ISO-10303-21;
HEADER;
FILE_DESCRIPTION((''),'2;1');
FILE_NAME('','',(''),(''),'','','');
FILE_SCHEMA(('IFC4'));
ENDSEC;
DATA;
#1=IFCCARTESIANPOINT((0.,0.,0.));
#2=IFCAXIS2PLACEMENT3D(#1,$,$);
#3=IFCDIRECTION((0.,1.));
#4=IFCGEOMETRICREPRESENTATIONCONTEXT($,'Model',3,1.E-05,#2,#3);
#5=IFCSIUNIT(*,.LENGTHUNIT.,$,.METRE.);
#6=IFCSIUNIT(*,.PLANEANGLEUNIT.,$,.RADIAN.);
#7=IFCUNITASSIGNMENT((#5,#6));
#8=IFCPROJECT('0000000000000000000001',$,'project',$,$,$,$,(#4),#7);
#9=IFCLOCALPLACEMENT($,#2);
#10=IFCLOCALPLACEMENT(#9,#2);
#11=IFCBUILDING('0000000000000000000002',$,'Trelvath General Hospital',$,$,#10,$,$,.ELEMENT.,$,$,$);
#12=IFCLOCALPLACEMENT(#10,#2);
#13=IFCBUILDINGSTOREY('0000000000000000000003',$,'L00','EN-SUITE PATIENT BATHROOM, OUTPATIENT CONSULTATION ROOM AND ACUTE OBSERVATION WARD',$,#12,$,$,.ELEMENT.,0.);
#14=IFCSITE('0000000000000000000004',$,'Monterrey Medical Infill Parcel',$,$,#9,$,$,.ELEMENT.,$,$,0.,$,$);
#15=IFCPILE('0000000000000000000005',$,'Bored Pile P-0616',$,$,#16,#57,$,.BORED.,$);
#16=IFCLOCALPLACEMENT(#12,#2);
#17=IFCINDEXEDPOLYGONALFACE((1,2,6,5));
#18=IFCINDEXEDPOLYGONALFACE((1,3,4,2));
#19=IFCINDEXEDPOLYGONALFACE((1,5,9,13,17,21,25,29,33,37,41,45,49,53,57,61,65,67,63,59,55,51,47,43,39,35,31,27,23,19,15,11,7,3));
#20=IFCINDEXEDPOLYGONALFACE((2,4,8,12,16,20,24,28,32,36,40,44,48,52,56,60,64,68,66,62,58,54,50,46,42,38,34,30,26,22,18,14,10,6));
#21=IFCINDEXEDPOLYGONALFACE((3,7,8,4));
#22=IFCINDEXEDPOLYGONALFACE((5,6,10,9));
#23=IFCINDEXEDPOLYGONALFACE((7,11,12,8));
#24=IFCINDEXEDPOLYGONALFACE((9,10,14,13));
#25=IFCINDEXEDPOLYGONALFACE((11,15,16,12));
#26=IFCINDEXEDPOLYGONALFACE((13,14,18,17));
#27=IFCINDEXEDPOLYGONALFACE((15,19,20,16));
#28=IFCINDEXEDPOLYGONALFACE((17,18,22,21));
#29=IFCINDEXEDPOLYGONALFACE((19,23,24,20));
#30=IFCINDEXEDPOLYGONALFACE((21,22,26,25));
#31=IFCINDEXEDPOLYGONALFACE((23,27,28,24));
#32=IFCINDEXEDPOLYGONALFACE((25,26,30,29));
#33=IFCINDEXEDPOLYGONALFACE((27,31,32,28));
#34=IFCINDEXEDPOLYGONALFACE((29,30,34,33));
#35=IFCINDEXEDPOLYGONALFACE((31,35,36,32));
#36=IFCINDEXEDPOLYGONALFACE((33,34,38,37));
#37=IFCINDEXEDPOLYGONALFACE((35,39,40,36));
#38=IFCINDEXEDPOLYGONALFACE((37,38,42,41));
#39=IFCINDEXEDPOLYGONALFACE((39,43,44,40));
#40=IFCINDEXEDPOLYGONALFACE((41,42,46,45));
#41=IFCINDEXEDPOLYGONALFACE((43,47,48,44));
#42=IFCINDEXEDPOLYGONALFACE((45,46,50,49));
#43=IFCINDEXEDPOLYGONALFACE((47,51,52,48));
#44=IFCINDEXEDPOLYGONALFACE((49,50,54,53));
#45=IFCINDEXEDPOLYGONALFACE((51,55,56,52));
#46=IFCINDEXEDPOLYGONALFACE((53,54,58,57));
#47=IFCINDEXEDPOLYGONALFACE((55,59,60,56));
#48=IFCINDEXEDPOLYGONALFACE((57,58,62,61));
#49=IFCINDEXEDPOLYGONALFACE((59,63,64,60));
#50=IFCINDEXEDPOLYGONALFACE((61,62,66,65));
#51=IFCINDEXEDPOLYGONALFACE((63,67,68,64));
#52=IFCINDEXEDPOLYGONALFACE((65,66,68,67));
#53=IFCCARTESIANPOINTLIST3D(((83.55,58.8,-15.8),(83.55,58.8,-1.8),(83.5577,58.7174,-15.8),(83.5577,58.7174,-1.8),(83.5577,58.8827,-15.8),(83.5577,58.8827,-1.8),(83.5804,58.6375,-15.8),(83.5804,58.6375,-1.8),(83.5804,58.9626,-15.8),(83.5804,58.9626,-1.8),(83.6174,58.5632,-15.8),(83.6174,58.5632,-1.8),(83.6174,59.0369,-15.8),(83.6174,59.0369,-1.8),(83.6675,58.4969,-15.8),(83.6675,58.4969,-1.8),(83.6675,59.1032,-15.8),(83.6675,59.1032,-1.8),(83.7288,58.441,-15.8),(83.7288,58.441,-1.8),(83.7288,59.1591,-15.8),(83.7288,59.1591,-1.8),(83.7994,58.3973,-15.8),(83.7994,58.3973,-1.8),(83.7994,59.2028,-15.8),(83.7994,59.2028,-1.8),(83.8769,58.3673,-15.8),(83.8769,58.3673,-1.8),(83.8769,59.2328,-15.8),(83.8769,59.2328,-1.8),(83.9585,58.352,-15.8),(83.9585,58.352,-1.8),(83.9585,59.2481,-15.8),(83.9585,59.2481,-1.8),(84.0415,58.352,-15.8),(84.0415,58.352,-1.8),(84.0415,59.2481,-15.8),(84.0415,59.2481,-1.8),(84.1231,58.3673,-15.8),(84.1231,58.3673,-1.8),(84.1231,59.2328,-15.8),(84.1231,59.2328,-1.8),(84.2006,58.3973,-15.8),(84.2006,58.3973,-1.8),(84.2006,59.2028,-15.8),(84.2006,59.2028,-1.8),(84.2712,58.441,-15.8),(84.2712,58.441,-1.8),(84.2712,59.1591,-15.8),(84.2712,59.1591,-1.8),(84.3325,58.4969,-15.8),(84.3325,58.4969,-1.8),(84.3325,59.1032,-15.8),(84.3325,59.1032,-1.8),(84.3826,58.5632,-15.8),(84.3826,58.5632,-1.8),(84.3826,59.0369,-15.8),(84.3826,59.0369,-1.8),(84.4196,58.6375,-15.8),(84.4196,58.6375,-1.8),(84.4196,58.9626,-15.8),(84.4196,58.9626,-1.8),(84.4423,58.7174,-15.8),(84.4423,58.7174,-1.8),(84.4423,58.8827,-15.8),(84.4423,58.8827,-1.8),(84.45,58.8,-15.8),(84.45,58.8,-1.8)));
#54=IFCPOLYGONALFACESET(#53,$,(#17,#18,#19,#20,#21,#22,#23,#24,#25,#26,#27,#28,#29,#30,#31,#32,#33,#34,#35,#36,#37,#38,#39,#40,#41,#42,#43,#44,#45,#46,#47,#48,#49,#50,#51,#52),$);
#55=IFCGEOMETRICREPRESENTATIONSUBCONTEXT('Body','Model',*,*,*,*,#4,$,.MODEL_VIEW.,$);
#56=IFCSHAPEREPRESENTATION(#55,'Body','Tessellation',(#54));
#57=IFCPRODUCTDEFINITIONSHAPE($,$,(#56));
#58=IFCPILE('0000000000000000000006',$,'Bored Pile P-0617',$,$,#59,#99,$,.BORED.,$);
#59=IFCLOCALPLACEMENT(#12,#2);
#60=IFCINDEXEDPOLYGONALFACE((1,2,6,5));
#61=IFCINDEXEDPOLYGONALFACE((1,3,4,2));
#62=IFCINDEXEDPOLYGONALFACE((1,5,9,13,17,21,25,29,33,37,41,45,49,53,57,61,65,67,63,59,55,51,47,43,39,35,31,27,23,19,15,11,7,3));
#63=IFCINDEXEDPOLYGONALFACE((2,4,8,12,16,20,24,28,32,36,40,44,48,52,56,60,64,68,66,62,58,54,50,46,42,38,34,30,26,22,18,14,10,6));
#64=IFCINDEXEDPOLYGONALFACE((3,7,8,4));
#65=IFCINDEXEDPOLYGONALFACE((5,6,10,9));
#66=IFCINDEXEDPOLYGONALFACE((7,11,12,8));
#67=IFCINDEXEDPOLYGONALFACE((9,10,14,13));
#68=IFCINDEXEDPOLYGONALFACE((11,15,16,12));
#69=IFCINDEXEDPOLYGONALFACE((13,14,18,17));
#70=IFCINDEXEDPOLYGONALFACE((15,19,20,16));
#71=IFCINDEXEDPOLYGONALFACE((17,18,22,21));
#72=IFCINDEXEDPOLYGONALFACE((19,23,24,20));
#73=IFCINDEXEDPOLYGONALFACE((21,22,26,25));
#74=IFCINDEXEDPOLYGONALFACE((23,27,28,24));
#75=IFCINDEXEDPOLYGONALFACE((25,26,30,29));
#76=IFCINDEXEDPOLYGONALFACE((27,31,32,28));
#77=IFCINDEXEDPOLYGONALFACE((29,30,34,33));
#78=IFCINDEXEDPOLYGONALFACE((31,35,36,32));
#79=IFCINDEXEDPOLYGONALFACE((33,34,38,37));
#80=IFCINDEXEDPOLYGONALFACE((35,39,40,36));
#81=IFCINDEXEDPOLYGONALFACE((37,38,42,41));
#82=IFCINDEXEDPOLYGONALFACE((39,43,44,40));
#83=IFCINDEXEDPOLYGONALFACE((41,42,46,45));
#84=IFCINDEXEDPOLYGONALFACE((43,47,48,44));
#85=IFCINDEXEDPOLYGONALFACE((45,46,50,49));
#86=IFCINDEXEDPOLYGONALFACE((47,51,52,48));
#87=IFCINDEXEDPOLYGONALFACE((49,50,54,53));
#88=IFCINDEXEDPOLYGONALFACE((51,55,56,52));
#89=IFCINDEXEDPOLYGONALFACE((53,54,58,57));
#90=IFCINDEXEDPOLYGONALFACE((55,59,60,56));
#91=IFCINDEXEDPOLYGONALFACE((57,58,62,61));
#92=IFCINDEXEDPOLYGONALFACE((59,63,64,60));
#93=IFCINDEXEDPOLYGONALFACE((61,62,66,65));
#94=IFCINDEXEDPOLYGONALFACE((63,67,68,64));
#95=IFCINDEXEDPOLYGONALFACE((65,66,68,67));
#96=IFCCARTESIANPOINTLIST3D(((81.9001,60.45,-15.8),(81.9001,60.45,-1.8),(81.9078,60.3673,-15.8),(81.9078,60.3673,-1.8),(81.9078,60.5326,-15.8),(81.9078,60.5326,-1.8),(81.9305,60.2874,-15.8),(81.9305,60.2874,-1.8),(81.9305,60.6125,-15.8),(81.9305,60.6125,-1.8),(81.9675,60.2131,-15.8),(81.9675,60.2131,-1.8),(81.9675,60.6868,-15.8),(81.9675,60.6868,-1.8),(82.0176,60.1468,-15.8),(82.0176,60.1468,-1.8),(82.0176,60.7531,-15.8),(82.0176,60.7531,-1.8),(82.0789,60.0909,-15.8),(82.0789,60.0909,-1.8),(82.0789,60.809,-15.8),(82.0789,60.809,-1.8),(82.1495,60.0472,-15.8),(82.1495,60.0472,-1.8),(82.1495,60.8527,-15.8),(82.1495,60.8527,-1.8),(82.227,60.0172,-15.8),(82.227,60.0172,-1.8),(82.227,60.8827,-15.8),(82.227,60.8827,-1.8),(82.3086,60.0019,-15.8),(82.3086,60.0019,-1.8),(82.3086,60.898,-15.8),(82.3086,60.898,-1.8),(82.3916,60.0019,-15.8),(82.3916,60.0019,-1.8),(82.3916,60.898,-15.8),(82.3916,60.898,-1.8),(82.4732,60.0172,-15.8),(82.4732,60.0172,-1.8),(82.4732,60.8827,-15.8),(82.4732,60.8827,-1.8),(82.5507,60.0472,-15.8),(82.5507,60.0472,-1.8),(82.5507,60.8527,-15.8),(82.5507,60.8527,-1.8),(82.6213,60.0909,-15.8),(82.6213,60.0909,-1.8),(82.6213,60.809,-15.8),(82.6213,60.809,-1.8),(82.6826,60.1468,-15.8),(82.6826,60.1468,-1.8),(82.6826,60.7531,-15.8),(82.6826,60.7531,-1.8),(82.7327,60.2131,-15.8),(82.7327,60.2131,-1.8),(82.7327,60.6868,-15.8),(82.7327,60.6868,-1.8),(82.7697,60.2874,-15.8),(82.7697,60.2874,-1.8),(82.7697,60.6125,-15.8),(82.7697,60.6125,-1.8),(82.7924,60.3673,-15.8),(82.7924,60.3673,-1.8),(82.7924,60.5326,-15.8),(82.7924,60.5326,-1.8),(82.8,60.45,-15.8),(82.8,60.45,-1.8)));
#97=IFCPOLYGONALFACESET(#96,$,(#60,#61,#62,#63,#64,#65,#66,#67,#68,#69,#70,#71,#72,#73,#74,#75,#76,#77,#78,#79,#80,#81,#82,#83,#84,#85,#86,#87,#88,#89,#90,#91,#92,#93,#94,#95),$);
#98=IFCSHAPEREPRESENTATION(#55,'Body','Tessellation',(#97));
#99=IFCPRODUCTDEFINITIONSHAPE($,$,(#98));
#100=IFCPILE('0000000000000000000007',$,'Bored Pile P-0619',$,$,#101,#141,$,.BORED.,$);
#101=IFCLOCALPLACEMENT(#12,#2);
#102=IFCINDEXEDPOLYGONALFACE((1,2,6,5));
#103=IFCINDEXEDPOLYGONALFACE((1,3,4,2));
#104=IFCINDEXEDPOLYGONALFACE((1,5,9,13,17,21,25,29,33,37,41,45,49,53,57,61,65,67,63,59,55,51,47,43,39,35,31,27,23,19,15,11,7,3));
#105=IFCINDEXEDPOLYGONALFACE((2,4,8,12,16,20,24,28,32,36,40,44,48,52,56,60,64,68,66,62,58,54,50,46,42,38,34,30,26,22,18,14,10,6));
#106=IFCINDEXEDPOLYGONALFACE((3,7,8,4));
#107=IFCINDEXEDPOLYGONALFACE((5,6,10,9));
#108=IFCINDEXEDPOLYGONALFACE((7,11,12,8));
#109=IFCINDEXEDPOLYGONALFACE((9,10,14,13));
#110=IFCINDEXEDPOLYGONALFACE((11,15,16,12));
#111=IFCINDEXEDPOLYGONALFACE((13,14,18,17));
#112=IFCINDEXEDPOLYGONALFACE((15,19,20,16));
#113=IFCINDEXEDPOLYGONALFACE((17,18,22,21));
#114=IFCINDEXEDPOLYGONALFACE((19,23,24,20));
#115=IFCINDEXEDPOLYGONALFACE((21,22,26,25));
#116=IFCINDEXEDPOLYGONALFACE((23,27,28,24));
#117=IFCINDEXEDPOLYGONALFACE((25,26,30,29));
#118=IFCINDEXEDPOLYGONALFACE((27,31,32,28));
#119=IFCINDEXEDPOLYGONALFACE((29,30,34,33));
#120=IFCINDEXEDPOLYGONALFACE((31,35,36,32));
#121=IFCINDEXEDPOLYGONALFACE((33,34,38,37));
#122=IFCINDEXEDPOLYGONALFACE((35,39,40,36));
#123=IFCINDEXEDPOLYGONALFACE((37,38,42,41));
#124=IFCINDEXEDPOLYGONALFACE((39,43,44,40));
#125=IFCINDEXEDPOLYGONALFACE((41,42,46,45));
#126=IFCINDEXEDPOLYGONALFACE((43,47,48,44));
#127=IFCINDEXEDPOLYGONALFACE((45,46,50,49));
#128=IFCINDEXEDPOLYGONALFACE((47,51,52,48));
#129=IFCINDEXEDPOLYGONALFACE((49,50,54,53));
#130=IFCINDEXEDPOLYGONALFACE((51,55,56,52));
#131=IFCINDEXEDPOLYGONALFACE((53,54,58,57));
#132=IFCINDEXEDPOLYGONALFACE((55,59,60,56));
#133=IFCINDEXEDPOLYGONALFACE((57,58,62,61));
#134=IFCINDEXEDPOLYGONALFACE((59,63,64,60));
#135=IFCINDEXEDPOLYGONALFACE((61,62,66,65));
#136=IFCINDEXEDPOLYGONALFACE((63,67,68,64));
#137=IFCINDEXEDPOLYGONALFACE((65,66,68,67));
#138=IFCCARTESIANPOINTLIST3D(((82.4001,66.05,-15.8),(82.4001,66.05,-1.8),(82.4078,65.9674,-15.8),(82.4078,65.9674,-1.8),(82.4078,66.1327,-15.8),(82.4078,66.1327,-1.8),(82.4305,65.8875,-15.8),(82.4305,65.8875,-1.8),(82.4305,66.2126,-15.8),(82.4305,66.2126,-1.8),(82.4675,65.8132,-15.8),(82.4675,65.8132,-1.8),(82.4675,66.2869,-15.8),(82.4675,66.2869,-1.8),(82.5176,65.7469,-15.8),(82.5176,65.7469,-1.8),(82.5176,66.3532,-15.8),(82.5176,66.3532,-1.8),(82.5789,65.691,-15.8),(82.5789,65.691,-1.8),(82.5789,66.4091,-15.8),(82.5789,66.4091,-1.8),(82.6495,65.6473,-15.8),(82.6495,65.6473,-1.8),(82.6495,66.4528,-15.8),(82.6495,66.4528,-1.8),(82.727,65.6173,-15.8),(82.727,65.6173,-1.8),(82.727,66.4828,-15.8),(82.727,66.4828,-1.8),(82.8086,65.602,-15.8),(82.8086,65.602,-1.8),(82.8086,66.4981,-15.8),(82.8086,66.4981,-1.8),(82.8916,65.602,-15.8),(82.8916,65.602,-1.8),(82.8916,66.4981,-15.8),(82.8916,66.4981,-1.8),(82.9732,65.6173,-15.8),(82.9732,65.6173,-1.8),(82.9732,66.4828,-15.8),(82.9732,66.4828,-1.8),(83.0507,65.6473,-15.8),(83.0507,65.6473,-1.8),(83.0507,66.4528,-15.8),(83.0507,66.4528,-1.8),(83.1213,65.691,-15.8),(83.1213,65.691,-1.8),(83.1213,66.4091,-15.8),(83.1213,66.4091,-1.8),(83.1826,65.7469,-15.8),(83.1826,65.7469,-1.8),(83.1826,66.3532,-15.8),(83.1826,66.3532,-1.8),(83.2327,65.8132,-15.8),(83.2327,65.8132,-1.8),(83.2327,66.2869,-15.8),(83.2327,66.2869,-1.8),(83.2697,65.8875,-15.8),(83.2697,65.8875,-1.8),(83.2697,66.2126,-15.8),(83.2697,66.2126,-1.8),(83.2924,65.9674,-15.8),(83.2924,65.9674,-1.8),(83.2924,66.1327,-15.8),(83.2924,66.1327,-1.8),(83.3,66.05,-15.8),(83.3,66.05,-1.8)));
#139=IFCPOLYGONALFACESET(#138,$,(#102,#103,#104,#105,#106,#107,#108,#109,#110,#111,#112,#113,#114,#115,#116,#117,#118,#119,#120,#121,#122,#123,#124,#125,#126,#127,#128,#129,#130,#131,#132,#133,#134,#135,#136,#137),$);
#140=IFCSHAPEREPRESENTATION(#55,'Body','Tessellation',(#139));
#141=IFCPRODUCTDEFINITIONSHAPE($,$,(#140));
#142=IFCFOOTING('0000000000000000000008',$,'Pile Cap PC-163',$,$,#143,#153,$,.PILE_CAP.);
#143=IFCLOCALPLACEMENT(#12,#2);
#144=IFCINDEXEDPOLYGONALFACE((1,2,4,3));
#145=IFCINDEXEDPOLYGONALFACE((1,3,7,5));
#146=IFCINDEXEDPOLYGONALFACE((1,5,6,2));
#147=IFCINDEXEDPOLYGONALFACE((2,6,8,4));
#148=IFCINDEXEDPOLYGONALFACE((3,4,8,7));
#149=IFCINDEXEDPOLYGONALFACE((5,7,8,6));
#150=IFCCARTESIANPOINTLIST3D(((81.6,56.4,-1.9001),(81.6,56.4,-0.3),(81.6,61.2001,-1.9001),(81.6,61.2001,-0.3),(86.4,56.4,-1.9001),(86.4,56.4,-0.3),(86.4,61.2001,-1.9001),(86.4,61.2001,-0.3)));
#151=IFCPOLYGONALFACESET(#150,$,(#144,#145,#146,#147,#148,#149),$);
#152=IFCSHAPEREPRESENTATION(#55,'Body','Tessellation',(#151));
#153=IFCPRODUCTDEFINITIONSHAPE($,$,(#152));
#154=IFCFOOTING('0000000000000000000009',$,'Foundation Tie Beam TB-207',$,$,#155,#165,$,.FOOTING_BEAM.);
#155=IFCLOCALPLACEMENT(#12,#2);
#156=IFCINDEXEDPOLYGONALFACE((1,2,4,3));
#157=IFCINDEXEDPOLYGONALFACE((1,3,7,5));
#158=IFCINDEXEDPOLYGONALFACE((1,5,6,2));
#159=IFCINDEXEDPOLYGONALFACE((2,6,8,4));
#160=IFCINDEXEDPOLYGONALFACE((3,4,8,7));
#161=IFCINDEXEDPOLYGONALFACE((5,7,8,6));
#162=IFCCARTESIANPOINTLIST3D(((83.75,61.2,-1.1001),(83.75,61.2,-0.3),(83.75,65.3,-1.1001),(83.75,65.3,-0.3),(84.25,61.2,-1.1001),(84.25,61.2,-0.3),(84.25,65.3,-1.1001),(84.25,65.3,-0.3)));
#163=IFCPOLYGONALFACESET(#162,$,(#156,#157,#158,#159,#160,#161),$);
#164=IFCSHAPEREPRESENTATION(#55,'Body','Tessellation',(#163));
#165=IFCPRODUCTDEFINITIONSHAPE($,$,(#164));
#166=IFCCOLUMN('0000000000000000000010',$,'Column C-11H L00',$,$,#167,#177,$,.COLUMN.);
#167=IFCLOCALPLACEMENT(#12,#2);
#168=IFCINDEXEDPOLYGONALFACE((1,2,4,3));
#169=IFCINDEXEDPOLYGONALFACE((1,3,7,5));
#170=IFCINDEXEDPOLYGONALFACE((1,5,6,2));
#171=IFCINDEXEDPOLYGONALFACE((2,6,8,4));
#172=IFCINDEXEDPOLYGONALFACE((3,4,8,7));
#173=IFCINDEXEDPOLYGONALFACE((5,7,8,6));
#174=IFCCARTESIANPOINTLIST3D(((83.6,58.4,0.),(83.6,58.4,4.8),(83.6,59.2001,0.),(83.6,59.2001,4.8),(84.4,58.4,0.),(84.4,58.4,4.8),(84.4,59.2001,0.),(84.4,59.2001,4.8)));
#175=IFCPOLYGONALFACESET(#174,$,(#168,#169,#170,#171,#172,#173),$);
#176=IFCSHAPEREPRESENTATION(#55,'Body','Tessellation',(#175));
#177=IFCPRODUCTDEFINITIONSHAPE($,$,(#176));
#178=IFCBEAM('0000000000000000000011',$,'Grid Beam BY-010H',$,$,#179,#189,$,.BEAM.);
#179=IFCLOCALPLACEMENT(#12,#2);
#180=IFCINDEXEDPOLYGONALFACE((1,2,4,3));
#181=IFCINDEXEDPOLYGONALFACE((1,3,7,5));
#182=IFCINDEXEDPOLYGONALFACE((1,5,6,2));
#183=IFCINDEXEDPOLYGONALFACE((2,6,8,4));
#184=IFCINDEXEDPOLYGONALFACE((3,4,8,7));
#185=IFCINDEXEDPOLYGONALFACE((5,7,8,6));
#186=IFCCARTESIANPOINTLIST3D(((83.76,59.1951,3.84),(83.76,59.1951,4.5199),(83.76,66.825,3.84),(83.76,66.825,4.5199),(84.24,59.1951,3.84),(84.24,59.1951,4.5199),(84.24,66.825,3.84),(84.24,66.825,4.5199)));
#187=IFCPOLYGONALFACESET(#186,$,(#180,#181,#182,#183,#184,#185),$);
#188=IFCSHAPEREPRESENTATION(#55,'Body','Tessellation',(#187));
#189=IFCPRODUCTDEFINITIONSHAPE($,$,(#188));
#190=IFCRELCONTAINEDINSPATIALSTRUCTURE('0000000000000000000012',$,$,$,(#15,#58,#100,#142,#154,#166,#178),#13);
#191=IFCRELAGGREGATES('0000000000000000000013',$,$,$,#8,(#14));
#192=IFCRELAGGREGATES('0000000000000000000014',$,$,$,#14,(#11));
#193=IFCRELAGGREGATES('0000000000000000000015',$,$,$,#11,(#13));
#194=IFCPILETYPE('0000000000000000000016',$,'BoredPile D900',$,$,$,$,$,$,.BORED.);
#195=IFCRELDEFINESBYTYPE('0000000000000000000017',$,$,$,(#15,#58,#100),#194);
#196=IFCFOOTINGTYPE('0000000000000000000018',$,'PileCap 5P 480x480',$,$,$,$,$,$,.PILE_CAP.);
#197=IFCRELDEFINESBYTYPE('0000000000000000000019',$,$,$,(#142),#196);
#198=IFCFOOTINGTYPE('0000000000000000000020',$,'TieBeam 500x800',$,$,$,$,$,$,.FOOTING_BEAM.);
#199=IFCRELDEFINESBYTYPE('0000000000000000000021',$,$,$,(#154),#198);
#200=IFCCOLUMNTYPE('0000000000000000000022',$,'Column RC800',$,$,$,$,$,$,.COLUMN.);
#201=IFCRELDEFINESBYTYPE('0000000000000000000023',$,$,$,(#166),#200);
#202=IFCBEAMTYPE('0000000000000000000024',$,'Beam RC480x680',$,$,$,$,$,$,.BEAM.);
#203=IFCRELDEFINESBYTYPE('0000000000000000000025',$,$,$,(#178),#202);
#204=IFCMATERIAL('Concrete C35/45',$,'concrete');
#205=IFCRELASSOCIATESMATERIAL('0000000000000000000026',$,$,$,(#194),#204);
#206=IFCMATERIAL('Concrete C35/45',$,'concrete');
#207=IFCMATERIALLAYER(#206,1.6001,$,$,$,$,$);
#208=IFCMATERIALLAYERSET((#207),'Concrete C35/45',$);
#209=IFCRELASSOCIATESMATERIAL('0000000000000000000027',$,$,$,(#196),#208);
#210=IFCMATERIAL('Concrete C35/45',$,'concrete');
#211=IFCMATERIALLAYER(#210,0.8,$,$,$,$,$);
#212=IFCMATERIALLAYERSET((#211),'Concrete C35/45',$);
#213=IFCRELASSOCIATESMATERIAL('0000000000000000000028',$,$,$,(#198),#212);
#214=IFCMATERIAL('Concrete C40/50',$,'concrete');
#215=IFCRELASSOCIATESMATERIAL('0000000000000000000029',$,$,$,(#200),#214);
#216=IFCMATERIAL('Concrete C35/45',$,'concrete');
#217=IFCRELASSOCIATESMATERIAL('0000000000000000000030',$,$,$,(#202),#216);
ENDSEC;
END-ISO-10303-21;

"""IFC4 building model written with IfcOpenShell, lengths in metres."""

from ifc_helpers import new_model, si_unit, direction, frame, origin, origin_2d, place, context, subcontext, project, spatial, rectangle, circle, extrude, material, layer, layer_set, material_profile, profile_set, type_object, element, save


model = new_model("IFC4")

# Units and contexts
model_context = context("Model", 3, precision=1e-05, world=origin(), true_north=direction((0.0, 1.0)))
body_context = subcontext(model_context, "Body", "Model", "MODEL_VIEW")
ifc_project = project(units=[si_unit("LENGTHUNIT", "METRE"), si_unit("PLANEANGLEUNIT", "RADIAN")], contexts=[model_context])

# Site, building, storey
site_placement = place(None, origin())
site = spatial("IfcSite", under=ifc_project, at=site_placement, Name="Monterrey Medical Infill Parcel", CompositionType="ELEMENT", RefElevation=0.0)
building_placement = place(site_placement, origin())
building = spatial("IfcBuilding", under=site, at=building_placement, Name="Trelvath General Hospital", CompositionType="ELEMENT")
storey_placement = place(building_placement, origin())
storey = spatial("IfcBuildingStorey", under=building, at=storey_placement, Name="L00", Description="EN-SUITE PATIENT BATHROOM, OUTPATIENT CONSULTATION ROOM AND ACUTE OBSERVATION WARD", CompositionType="ELEMENT", Elevation=0.0)

# Piles
ifc_material_1 = material(Name="Concrete C35/45", Category="concrete")
ifc_material_profile_1 = material_profile(ifc_material_1, circle(Radius=0.45, at=origin_2d()), Name="PILE900")
ifc_profile_set_1 = profile_set([ifc_material_profile_1], Name="Concrete C35/45")
pile_type = type_object("IfcPileType", Name="BoredPile D900", PredefinedType="BORED", material=ifc_profile_set_1)
for number, where, z_axis, x_axis, name in (
    (1, (84.0, 58.8, -1.8), (0.0, 0.0, -1.0), (1.0, 0.0, 0.0), "Bored Pile P-0616"),
    (2, (82.3501, 60.45, -1.8), (0.0, 0.0, -1.0), (1.0, 0.0, 0.0), "Bored Pile P-0617"),
    (3, (82.8501, 66.05, -1.8), (0.0, 0.0, -1.0), (1.0, 0.0, 0.0), "Bored Pile P-0619"),
):
    element("IfcPile", number, at=place(storey_placement, frame(where, z_axis=z_axis, x_axis=x_axis)), inside=storey, type_object=pile_type, Name=name, PredefinedType="BORED", context=body_context, shape_type="SweptSolid", body=[
        extrude(circle(Radius=0.45, at=origin_2d()), origin(), (0.0, 0.0, 1.0), 14.0),
    ])

# Footings
ifc_material_2 = material(Name="Concrete C35/45", Category="concrete")
ifc_layer_1 = layer(ifc_material_2, 1.6001)
ifc_layer_set_1 = layer_set([ifc_layer_1], Name="Concrete C35/45")
footing_type_1 = type_object("IfcFootingType", Name="PileCap 5P 480x480", PredefinedType="PILE_CAP", material=ifc_layer_set_1)
footing_1_placement = place(storey_placement, frame((84.0, 58.8, -1.9001), z_axis=(0.0, 0.0, 1.0), x_axis=(1.0, 0.0, 0.0)))
element("IfcFooting", 4, at=footing_1_placement, inside=storey, type_object=footing_type_1, Name="Pile Cap PC-163", PredefinedType="PILE_CAP", context=body_context, shape_type="SweptSolid", body=[
    extrude(rectangle(XDim=4.8, YDim=4.8, at=origin_2d()), origin(), (0.0, 0.0, 1.0), 1.6001),
])
ifc_material_3 = material(Name="Concrete C35/45", Category="concrete")
ifc_layer_2 = layer(ifc_material_3, 0.8)
ifc_layer_set_2 = layer_set([ifc_layer_2], Name="Concrete C35/45")
footing_type_2 = type_object("IfcFootingType", Name="TieBeam 500x800", PredefinedType="FOOTING_BEAM", material=ifc_layer_set_2)
footing_2_placement = place(storey_placement, frame((84.0, 63.25, -1.1001), z_axis=(0.0, 0.0, 1.0), x_axis=(1.0, 0.0, 0.0)))
element("IfcFooting", 5, at=footing_2_placement, inside=storey, type_object=footing_type_2, Name="Foundation Tie Beam TB-207", PredefinedType="FOOTING_BEAM", context=body_context, shape_type="SweptSolid", body=[
    extrude(rectangle(XDim=0.5, YDim=4.1001, at=origin_2d()), origin(), (0.0, 0.0, 1.0), 0.8),
])

# Column
ifc_material_4 = material(Name="Concrete C40/50", Category="concrete")
ifc_material_profile_2 = material_profile(ifc_material_4, rectangle(XDim=0.8, YDim=0.8, at=origin_2d()), Name="RC800x800")
ifc_profile_set_2 = profile_set([ifc_material_profile_2], Name="Concrete C40/50")
column_type = type_object("IfcColumnType", Name="Column RC800", PredefinedType="COLUMN", material=ifc_profile_set_2)
column_placement = place(storey_placement, frame((84.0, 58.8, 0.0), z_axis=(0.0, 0.0, 1.0), x_axis=(1.0, 0.0, 0.0)))
element("IfcColumn", 6, at=column_placement, inside=storey, type_object=column_type, Name="Column C-11H L00", PredefinedType="COLUMN", context=body_context, shape_type="SweptSolid", body=[
    extrude(rectangle(XDim=0.8, YDim=0.8, at=origin_2d()), origin(), (0.0, 0.0, 1.0), 4.8),
])

# Beam
ifc_material_5 = material(Name="Concrete C35/45", Category="concrete")
ifc_material_profile_3 = material_profile(ifc_material_5, rectangle(XDim=0.48, YDim=0.6799, at=origin_2d()), Name="RCB480x680")
ifc_profile_set_3 = profile_set([ifc_material_profile_3], Name="Concrete C35/45")
beam_type = type_object("IfcBeamType", Name="Beam RC480x680", PredefinedType="BEAM", material=ifc_profile_set_3)
beam_placement = place(storey_placement, frame((84.0, 59.1951, 4.1799), z_axis=(0.0, 1.0, 0.0), x_axis=(-1.0, 0.0, 0.0)))
element("IfcBeam", 7, at=beam_placement, inside=storey, type_object=beam_type, Name="Grid Beam BY-010H", PredefinedType="BEAM", context=body_context, shape_type="SweptSolid", body=[
    extrude(rectangle(XDim=0.48, YDim=0.6799, at=origin_2d()), origin(), (0.0, 0.0, 1.0), 7.6299),
])

save(model, "model.ifc")
